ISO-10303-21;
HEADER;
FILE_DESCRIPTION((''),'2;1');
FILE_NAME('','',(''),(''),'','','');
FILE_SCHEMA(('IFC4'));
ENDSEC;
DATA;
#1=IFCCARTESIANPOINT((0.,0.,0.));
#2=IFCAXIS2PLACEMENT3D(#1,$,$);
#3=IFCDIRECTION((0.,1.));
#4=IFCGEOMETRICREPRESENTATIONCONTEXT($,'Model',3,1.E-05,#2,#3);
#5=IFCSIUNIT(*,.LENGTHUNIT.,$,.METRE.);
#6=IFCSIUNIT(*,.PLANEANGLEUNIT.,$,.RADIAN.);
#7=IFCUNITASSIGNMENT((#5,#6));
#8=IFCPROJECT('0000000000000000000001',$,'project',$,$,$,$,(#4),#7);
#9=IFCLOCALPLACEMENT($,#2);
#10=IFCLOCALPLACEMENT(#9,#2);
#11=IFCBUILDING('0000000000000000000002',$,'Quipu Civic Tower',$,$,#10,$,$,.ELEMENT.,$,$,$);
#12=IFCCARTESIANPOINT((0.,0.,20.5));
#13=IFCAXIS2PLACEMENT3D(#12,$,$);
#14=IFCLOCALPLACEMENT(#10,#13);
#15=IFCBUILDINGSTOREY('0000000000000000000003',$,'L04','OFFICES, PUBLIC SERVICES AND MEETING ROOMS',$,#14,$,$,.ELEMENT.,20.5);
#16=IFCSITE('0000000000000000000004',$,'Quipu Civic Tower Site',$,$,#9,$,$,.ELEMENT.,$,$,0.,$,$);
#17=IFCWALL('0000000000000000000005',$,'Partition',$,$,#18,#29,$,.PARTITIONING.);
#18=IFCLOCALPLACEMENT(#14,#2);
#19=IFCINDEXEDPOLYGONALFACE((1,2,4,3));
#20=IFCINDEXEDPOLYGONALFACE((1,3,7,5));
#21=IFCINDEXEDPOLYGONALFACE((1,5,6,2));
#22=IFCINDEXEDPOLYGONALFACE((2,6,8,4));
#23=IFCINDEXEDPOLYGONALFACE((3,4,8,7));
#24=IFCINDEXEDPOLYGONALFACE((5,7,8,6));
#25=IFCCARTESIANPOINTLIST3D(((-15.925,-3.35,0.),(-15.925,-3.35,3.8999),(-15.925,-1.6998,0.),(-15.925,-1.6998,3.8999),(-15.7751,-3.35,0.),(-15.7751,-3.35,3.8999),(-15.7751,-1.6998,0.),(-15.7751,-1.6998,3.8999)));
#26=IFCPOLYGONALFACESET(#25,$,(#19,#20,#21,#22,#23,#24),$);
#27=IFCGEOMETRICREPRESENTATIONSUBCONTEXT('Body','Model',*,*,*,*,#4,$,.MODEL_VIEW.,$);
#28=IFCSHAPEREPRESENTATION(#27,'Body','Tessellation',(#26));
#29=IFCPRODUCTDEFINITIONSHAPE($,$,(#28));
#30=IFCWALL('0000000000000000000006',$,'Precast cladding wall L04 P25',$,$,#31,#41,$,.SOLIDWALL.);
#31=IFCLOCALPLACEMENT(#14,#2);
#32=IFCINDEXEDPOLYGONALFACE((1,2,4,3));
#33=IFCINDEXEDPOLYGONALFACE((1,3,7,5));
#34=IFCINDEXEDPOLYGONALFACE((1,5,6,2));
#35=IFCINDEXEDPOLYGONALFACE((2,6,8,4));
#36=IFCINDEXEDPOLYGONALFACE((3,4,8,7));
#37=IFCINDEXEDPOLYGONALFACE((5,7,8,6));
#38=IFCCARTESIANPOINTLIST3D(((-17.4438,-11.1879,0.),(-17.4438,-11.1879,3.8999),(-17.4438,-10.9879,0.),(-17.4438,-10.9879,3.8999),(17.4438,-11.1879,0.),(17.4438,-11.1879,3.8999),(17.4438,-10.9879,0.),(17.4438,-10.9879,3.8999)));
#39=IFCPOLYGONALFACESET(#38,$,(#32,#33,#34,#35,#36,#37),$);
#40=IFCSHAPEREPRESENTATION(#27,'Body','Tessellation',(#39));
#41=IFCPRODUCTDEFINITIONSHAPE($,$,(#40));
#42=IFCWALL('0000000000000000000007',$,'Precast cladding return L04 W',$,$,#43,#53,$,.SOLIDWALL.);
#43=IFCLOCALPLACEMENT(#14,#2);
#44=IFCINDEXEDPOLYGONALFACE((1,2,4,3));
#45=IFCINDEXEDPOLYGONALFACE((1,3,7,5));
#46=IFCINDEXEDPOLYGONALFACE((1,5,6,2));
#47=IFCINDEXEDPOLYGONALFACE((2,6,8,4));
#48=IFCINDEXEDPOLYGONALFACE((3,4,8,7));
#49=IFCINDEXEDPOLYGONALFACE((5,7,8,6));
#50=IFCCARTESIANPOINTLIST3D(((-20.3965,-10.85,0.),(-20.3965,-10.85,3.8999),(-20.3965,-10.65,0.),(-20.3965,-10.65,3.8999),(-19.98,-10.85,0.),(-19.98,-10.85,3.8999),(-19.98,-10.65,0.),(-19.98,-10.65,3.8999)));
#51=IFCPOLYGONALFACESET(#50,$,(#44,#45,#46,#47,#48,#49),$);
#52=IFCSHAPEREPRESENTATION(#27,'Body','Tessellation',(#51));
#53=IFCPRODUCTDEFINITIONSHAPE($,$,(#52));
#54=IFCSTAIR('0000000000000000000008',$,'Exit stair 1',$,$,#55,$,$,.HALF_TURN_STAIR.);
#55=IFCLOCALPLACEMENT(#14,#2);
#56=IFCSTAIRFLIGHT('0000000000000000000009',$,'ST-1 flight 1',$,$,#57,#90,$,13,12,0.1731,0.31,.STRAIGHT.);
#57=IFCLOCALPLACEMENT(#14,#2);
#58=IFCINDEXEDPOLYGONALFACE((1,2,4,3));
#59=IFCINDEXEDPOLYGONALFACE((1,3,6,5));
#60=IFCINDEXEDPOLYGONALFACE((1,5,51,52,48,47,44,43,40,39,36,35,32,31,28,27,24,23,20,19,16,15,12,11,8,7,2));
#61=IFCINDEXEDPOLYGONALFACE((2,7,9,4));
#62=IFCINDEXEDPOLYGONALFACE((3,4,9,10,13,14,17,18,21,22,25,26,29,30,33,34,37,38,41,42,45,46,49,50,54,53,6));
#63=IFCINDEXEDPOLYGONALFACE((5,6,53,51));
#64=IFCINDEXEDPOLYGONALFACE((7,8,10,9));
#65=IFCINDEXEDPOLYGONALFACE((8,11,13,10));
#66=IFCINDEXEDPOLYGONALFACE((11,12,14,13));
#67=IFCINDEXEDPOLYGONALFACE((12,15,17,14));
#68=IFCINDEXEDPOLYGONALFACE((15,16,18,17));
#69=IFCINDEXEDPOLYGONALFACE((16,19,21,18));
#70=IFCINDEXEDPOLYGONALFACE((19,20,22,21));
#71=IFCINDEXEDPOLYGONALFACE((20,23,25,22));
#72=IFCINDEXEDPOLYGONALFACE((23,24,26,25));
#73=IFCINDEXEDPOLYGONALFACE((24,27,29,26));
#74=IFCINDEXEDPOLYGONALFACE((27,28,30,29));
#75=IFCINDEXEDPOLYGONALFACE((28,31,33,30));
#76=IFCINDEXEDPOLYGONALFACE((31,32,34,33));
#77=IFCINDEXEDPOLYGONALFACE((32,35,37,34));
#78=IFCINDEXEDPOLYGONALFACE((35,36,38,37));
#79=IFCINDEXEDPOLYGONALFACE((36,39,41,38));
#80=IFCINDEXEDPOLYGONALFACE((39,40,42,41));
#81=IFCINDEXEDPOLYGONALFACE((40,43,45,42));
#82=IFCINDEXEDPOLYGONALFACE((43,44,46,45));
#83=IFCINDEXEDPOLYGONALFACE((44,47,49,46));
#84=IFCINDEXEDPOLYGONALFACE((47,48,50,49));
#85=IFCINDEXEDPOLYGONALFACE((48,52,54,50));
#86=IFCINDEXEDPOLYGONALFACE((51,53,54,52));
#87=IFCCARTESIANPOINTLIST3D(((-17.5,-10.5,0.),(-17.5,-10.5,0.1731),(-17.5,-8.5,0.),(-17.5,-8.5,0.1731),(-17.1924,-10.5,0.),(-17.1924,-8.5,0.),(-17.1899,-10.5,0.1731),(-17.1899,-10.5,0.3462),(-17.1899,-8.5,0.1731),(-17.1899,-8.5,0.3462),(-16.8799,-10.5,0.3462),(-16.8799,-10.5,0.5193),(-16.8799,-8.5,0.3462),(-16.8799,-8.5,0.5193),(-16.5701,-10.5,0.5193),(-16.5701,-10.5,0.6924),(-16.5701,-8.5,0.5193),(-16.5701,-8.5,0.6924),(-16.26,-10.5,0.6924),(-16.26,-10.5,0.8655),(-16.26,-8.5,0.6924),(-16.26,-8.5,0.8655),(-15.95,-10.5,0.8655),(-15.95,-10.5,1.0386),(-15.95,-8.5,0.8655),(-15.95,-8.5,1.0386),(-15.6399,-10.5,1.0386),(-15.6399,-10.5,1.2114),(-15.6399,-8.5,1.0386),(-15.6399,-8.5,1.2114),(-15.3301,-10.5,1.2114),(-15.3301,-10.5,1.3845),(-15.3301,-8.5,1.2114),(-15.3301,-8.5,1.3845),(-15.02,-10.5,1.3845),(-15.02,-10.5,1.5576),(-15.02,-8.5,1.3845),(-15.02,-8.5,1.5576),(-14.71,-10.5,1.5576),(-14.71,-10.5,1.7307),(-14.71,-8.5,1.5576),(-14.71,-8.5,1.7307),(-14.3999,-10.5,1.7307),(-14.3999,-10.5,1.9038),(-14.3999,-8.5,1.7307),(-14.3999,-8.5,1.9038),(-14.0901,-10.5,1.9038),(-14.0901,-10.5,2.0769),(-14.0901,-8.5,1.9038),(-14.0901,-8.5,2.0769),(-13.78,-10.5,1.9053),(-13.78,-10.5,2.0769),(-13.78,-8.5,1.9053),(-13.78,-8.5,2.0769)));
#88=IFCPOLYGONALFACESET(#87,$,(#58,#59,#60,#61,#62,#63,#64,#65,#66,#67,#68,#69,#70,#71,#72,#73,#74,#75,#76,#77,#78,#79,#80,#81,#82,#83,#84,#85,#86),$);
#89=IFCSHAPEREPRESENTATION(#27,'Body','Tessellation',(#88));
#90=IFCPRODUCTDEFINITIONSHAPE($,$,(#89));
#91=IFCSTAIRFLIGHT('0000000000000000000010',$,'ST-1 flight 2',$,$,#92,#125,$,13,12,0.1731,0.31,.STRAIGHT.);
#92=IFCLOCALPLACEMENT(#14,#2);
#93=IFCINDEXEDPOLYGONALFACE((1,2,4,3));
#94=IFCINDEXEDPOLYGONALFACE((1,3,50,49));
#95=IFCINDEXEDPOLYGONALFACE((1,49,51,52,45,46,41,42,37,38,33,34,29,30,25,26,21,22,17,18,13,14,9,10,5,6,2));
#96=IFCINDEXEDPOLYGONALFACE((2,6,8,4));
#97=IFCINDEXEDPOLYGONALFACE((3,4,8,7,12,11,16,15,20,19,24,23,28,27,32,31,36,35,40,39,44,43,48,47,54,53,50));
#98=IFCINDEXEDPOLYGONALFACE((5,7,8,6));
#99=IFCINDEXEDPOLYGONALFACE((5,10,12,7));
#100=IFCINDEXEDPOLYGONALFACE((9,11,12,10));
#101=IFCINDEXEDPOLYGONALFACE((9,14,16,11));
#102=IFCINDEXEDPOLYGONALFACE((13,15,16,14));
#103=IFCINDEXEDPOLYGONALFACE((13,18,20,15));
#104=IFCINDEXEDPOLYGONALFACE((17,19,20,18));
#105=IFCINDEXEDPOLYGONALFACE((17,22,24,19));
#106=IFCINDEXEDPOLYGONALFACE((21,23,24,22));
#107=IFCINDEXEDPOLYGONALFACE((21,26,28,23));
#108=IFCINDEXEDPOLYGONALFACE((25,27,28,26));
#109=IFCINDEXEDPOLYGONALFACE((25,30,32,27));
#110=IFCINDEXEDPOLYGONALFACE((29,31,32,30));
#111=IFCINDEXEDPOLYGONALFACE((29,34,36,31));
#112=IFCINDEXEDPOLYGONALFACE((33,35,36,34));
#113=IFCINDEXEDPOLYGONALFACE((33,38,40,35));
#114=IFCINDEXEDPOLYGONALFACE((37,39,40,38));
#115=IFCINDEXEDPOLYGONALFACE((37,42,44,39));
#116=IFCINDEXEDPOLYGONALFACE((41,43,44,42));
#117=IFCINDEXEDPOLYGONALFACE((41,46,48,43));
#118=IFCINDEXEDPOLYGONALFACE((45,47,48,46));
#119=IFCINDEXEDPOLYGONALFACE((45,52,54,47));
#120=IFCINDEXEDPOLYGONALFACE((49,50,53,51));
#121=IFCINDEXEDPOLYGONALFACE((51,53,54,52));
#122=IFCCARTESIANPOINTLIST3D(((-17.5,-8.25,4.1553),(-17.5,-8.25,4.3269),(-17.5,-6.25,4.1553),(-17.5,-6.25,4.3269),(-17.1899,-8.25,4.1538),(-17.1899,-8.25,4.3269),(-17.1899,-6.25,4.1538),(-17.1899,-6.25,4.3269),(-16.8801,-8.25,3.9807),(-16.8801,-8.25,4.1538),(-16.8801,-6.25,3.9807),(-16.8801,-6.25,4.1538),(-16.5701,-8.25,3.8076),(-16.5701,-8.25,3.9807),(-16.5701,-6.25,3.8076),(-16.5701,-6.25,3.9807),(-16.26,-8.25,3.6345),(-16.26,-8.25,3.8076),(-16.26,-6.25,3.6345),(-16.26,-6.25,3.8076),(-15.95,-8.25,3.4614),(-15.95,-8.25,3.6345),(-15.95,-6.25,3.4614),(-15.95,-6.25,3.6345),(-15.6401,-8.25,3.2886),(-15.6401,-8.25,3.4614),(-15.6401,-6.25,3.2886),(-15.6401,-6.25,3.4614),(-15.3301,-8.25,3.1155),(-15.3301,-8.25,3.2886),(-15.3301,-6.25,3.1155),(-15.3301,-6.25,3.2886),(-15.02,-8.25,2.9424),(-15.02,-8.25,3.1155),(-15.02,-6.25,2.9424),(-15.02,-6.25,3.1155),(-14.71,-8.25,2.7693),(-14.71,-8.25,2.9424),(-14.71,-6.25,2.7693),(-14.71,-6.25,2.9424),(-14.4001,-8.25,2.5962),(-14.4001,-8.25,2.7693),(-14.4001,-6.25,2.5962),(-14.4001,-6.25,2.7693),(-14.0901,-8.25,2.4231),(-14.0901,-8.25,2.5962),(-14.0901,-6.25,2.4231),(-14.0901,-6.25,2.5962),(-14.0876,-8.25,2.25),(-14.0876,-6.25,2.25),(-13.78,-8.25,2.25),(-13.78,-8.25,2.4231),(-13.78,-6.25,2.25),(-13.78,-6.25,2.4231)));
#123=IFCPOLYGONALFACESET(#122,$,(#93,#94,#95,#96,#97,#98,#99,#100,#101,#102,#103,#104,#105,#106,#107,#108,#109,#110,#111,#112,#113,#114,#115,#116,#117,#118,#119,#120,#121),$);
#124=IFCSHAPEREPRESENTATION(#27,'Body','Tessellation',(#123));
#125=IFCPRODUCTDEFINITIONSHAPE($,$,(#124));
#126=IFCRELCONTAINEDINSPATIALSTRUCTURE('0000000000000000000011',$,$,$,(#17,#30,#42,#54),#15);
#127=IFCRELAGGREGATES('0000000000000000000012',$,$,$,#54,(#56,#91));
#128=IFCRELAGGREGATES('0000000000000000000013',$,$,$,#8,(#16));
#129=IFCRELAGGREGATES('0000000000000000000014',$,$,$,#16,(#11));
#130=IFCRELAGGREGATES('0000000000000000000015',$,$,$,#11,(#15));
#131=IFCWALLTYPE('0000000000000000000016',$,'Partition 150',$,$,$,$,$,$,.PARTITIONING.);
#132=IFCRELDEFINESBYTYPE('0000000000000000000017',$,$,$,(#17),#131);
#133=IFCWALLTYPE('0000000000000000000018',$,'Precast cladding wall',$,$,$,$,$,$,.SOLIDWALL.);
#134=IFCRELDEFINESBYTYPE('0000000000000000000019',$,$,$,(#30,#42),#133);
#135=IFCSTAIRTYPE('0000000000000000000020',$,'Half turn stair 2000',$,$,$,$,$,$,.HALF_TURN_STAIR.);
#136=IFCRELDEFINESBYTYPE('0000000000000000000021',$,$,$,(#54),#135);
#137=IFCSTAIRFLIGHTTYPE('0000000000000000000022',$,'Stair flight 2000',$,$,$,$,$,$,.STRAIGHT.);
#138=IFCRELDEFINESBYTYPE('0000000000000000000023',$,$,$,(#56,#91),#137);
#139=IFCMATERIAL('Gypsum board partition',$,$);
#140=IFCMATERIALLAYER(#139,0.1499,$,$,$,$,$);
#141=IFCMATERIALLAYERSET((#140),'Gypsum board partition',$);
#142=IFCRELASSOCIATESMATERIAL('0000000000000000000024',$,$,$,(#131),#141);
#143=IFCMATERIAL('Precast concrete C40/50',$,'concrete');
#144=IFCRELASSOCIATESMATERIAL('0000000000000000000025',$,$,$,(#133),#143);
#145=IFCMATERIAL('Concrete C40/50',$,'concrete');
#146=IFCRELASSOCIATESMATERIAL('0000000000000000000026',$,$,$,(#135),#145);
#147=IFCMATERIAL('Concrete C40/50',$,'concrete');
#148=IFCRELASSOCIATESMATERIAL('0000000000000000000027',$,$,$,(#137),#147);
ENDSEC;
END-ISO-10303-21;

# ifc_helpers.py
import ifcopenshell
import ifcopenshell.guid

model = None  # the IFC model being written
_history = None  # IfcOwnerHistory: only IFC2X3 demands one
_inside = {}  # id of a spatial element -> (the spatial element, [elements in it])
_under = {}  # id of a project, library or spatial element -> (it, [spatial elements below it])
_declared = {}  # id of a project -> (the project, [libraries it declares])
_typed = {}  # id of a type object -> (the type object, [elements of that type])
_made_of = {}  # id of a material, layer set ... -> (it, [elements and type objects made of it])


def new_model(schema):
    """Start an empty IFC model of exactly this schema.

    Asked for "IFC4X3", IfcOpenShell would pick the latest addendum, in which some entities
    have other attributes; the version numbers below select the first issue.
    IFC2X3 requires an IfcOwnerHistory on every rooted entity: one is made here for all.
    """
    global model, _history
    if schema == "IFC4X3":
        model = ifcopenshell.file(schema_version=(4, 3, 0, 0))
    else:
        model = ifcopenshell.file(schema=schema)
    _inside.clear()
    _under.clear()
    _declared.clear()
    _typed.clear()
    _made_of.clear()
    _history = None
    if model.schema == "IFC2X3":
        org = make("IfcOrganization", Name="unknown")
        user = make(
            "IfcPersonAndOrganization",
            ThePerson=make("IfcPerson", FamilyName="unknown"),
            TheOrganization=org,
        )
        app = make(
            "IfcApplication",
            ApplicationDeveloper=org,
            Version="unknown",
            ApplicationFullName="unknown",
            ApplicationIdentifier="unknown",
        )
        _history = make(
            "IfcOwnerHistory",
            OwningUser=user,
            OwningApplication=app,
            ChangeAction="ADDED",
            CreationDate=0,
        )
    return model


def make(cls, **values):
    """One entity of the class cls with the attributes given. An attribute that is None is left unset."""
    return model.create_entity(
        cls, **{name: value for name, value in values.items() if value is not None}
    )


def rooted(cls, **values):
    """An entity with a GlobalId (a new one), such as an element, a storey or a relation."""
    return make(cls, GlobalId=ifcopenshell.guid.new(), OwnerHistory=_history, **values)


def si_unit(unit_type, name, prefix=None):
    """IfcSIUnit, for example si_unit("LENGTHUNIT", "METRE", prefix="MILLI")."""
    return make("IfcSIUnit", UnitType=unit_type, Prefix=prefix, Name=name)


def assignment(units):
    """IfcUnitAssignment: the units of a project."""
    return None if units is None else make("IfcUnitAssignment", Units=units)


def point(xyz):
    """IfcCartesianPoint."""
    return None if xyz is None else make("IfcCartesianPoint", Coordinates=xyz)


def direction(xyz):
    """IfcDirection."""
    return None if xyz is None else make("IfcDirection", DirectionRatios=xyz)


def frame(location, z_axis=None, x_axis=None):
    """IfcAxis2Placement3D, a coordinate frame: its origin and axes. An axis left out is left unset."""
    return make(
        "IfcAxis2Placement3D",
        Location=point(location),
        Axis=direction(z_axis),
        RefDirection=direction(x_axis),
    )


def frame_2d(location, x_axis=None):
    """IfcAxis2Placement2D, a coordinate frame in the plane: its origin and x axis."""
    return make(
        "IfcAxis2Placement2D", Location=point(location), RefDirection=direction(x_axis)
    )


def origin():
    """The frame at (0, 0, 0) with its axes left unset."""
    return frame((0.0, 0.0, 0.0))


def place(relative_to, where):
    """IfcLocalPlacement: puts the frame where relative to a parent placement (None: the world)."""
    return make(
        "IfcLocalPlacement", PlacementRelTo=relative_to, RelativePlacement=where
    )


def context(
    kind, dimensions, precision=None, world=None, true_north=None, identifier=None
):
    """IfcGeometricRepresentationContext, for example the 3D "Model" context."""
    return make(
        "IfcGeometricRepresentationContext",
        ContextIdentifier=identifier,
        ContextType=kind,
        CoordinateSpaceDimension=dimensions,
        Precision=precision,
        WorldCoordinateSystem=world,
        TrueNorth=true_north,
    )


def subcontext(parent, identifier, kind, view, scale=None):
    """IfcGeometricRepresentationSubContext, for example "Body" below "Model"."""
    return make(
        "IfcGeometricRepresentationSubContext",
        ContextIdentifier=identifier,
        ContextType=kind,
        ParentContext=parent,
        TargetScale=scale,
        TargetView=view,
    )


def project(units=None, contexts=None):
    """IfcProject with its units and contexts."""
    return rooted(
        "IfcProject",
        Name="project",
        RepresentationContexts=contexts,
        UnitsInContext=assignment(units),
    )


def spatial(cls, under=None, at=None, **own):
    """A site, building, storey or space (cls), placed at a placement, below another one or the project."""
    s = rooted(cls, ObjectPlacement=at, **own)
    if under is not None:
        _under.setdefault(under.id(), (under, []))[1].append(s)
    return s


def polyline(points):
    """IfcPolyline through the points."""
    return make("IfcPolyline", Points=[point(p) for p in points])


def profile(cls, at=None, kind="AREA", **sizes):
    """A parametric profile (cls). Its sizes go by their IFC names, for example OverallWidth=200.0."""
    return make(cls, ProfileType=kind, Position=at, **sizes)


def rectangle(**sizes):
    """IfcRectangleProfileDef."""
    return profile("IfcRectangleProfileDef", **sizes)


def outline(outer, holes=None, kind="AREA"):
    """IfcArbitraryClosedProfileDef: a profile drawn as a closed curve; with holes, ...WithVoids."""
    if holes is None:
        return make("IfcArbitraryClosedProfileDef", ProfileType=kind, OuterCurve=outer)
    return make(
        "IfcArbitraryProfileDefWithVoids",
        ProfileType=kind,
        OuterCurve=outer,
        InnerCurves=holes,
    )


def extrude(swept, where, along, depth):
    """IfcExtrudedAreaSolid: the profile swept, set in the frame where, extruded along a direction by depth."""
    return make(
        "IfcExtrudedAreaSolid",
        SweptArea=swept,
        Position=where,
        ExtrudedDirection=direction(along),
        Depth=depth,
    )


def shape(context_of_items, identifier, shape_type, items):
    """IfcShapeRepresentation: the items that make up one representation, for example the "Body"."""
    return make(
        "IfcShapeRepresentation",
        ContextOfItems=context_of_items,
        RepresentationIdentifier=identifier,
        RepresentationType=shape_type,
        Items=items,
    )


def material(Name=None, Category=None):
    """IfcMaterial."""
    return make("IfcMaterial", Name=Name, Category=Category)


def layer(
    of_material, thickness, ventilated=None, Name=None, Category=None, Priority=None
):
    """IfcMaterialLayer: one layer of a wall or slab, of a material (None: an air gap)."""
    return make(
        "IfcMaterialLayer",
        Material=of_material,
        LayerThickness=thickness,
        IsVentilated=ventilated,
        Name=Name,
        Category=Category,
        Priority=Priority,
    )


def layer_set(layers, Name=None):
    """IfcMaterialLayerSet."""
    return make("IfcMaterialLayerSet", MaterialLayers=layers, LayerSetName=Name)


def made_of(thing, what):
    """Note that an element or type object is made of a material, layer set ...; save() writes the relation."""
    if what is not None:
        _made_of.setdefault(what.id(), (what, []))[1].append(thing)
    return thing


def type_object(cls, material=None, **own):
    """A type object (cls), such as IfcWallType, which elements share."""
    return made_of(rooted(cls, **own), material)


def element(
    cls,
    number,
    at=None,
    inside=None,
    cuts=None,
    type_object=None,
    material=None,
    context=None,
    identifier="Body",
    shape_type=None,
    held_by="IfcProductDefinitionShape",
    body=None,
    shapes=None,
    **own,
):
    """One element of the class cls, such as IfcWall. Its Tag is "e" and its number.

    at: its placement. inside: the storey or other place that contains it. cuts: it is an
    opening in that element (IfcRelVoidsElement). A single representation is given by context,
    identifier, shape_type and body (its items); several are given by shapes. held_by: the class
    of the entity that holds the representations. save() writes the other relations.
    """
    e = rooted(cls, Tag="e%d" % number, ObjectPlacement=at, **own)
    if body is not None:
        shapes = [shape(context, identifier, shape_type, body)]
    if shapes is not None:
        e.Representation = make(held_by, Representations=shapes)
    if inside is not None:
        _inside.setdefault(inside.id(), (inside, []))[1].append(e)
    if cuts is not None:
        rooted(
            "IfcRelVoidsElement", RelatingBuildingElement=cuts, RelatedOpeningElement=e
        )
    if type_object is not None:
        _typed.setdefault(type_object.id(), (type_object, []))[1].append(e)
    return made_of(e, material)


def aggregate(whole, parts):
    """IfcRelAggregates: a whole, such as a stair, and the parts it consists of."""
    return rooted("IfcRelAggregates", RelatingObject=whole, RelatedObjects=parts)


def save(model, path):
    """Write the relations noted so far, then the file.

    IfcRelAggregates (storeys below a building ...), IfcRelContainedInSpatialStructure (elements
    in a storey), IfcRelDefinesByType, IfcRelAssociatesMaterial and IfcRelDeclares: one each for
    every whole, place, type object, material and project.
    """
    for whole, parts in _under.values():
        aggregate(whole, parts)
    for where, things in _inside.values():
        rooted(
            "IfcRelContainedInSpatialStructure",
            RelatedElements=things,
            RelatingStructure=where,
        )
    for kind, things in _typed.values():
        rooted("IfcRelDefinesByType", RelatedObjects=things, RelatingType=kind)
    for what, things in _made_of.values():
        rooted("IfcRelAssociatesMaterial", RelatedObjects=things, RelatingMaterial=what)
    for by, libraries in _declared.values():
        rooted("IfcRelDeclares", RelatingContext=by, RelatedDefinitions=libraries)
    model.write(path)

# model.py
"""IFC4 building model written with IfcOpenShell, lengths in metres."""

from ifc_helpers import new_model, si_unit, direction, frame, frame_2d, origin, place, context, subcontext, project, spatial, polyline, rectangle, outline, extrude, material, layer, layer_set, type_object, element, aggregate, save


model = new_model("IFC4")

# Units and contexts
model_context = context("Model", 3, precision=1e-05, world=origin(), true_north=direction((0.0, 1.0)))
body_context = subcontext(model_context, "Body", "Model", "MODEL_VIEW")
ifc_project = project(units=[si_unit("LENGTHUNIT", "METRE"), si_unit("PLANEANGLEUNIT", "RADIAN")], contexts=[model_context])

# Site, building, storey
site_placement = place(None, origin())
site = spatial("IfcSite", under=ifc_project, at=site_placement, Name="Quipu Civic Tower Site", CompositionType="ELEMENT", RefElevation=0.0)
building_placement = place(site_placement, origin())
building = spatial("IfcBuilding", under=site, at=building_placement, Name="Quipu Civic Tower", CompositionType="ELEMENT")
storey_placement = place(building_placement, frame((0.0, 0.0, 20.5)))
storey = spatial("IfcBuildingStorey", under=building, at=storey_placement, Name="L04", Description="OFFICES, PUBLIC SERVICES AND MEETING ROOMS", CompositionType="ELEMENT", Elevation=20.5)

# Walls
ifc_material_1 = material(Name="Gypsum board partition")
ifc_layer_1 = layer(ifc_material_1, 0.1499)
ifc_layer_set_1 = layer_set([ifc_layer_1], Name="Gypsum board partition")
wall_type_1 = type_object("IfcWallType", Name="Partition 150", PredefinedType="PARTITIONING", material=ifc_layer_set_1)
wall_1_placement = place(storey_placement, frame((-15.8501, -3.3501, 0.0), z_axis=(0.0, 0.0, 1.0), x_axis=(0.0, 1.0, 0.0)))
element("IfcWall", 1, at=wall_1_placement, inside=storey, type_object=wall_type_1, Name="Partition", PredefinedType="PARTITIONING", context=body_context, shape_type="SweptSolid", body=[
    extrude(rectangle(XDim=1.6501, YDim=0.1499, at=frame_2d((0.8252, 0.0))), origin(), (0.0, 0.0, 1.0), 3.8999),
])
ifc_material_2 = material(Name="Precast concrete C40/50", Category="concrete")
wall_type_2 = type_object("IfcWallType", Name="Precast cladding wall", PredefinedType="SOLIDWALL", material=ifc_material_2)
wall_2_placement = place(storey_placement, frame((-17.4438, -11.0879, 0.0), z_axis=(0.0, 0.0, 1.0), x_axis=(1.0, 0.0, 0.0)))
element("IfcWall", 2, at=wall_2_placement, inside=storey, type_object=wall_type_2, Name="Precast cladding wall L04 P25", PredefinedType="SOLIDWALL", context=body_context, shape_type="SweptSolid", body=[
    extrude(rectangle(XDim=34.8877, YDim=0.2, at=frame_2d((17.4438, 0.0))), origin(), (0.0, 0.0, 1.0), 3.8999),
])
wall_3_placement = place(storey_placement, frame((-19.98, -10.75, 0.0), z_axis=(0.0, 0.0, 1.0), x_axis=(-1.0, 0.0, 0.0)))
element("IfcWall", 3, at=wall_3_placement, inside=storey, type_object=wall_type_2, Name="Precast cladding return L04 W", PredefinedType="SOLIDWALL", context=body_context, shape_type="SweptSolid", body=[
    extrude(rectangle(XDim=0.4165, YDim=0.2, at=frame_2d((0.2083, 0.0))), origin(), (0.0, 0.0, 1.0), 3.8999),
])

# Stair, stair flights
ifc_material_3 = material(Name="Concrete C40/50", Category="concrete")
stair_type = type_object("IfcStairType", Name="Half turn stair 2000", PredefinedType="HALF_TURN_STAIR", material=ifc_material_3)
stair_placement = place(storey_placement, origin())
stair = element("IfcStair", 4, at=stair_placement, inside=storey, type_object=stair_type, Name="Exit stair 1", PredefinedType="HALF_TURN_STAIR")
ifc_material_4 = material(Name="Concrete C40/50", Category="concrete")
stair_flight_type = type_object("IfcStairFlightType", Name="Stair flight 2000", PredefinedType="STRAIGHT", material=ifc_material_4)
stair_flight_1_placement = place(storey_placement, frame((-17.5, -9.5, 0.0), z_axis=(0.0, 0.0, 1.0), x_axis=(1.0, 0.0, 0.0)))
stair_flight_1 = element("IfcStairFlight", 5, at=stair_flight_1_placement, type_object=stair_flight_type, Name="ST-1 flight 1", NumberOfRisers=13, NumberOfTreads=12, PredefinedType="STRAIGHT", RiserHeight=0.1731, TreadLength=0.31, context=body_context, shape_type="SweptSolid", body=[
    extrude(outline(polyline([(0.0, 0.0), (0.0, 0.1731), (0.3101, 0.1731), (0.3101, 0.3462), (0.6201, 0.3462), (0.6201, 0.5193), (0.9299, 0.5193), (0.9299, 0.6924), (1.24, 0.6924), (1.24, 0.8655), (1.55, 0.8655), (1.55, 1.0386), (1.8601, 1.0386), (1.8601, 1.2114), (2.1699, 1.2114), (2.1699, 1.3845), (2.48, 1.3845), (2.48, 1.5576), (2.79, 1.5576), (2.79, 1.7307), (3.1001, 1.7307), (3.1001, 1.9038), (3.4099, 1.9038), (3.4099, 2.0769), (3.72, 2.0769), (3.72, 2.25), (3.72, 1.9053), (0.3076, 0.0), (0.0, 0.0)])), frame((0.0, 1.0, 0.0), z_axis=(0.0, -1.0, 0.0), x_axis=(1.0, 0.0, 0.0)), (0.0, 0.0, 1.0), 2.0),
])
stair_flight_2_placement = place(storey_placement, frame((-13.78, -7.25, 2.25), z_axis=(0.0, 0.0, 1.0), x_axis=(-1.0, 0.0, 0.0)))
stair_flight_2 = element("IfcStairFlight", 6, at=stair_flight_2_placement, type_object=stair_flight_type, Name="ST-1 flight 2", NumberOfRisers=13, NumberOfTreads=12, PredefinedType="STRAIGHT", RiserHeight=0.1731, TreadLength=0.31, context=body_context, shape_type="SweptSolid", body=[
    extrude(outline(polyline([(0.0, 0.0), (0.0, 0.1731), (0.3101, 0.1731), (0.3101, 0.3462), (0.6201, 0.3462), (0.6201, 0.5193), (0.9299, 0.5193), (0.9299, 0.6924), (1.24, 0.6924), (1.24, 0.8655), (1.55, 0.8655), (1.55, 1.0386), (1.8601, 1.0386), (1.8601, 1.2114), (2.1699, 1.2114), (2.1699, 1.3845), (2.48, 1.3845), (2.48, 1.5576), (2.79, 1.5576), (2.79, 1.7307), (3.1001, 1.7307), (3.1001, 1.9038), (3.4099, 1.9038), (3.4099, 2.0769), (3.72, 2.0769), (3.72, 2.25), (3.72, 1.9053), (0.3076, 0.0), (0.0, 0.0)])), frame((0.0, 1.0, 0.0), z_axis=(0.0, -1.0, 0.0), x_axis=(1.0, 0.0, 0.0)), (0.0, 0.0, 1.0), 2.0),
])
aggregate(stair, [stair_flight_1, stair_flight_2])

save(model, "model.ifc")
